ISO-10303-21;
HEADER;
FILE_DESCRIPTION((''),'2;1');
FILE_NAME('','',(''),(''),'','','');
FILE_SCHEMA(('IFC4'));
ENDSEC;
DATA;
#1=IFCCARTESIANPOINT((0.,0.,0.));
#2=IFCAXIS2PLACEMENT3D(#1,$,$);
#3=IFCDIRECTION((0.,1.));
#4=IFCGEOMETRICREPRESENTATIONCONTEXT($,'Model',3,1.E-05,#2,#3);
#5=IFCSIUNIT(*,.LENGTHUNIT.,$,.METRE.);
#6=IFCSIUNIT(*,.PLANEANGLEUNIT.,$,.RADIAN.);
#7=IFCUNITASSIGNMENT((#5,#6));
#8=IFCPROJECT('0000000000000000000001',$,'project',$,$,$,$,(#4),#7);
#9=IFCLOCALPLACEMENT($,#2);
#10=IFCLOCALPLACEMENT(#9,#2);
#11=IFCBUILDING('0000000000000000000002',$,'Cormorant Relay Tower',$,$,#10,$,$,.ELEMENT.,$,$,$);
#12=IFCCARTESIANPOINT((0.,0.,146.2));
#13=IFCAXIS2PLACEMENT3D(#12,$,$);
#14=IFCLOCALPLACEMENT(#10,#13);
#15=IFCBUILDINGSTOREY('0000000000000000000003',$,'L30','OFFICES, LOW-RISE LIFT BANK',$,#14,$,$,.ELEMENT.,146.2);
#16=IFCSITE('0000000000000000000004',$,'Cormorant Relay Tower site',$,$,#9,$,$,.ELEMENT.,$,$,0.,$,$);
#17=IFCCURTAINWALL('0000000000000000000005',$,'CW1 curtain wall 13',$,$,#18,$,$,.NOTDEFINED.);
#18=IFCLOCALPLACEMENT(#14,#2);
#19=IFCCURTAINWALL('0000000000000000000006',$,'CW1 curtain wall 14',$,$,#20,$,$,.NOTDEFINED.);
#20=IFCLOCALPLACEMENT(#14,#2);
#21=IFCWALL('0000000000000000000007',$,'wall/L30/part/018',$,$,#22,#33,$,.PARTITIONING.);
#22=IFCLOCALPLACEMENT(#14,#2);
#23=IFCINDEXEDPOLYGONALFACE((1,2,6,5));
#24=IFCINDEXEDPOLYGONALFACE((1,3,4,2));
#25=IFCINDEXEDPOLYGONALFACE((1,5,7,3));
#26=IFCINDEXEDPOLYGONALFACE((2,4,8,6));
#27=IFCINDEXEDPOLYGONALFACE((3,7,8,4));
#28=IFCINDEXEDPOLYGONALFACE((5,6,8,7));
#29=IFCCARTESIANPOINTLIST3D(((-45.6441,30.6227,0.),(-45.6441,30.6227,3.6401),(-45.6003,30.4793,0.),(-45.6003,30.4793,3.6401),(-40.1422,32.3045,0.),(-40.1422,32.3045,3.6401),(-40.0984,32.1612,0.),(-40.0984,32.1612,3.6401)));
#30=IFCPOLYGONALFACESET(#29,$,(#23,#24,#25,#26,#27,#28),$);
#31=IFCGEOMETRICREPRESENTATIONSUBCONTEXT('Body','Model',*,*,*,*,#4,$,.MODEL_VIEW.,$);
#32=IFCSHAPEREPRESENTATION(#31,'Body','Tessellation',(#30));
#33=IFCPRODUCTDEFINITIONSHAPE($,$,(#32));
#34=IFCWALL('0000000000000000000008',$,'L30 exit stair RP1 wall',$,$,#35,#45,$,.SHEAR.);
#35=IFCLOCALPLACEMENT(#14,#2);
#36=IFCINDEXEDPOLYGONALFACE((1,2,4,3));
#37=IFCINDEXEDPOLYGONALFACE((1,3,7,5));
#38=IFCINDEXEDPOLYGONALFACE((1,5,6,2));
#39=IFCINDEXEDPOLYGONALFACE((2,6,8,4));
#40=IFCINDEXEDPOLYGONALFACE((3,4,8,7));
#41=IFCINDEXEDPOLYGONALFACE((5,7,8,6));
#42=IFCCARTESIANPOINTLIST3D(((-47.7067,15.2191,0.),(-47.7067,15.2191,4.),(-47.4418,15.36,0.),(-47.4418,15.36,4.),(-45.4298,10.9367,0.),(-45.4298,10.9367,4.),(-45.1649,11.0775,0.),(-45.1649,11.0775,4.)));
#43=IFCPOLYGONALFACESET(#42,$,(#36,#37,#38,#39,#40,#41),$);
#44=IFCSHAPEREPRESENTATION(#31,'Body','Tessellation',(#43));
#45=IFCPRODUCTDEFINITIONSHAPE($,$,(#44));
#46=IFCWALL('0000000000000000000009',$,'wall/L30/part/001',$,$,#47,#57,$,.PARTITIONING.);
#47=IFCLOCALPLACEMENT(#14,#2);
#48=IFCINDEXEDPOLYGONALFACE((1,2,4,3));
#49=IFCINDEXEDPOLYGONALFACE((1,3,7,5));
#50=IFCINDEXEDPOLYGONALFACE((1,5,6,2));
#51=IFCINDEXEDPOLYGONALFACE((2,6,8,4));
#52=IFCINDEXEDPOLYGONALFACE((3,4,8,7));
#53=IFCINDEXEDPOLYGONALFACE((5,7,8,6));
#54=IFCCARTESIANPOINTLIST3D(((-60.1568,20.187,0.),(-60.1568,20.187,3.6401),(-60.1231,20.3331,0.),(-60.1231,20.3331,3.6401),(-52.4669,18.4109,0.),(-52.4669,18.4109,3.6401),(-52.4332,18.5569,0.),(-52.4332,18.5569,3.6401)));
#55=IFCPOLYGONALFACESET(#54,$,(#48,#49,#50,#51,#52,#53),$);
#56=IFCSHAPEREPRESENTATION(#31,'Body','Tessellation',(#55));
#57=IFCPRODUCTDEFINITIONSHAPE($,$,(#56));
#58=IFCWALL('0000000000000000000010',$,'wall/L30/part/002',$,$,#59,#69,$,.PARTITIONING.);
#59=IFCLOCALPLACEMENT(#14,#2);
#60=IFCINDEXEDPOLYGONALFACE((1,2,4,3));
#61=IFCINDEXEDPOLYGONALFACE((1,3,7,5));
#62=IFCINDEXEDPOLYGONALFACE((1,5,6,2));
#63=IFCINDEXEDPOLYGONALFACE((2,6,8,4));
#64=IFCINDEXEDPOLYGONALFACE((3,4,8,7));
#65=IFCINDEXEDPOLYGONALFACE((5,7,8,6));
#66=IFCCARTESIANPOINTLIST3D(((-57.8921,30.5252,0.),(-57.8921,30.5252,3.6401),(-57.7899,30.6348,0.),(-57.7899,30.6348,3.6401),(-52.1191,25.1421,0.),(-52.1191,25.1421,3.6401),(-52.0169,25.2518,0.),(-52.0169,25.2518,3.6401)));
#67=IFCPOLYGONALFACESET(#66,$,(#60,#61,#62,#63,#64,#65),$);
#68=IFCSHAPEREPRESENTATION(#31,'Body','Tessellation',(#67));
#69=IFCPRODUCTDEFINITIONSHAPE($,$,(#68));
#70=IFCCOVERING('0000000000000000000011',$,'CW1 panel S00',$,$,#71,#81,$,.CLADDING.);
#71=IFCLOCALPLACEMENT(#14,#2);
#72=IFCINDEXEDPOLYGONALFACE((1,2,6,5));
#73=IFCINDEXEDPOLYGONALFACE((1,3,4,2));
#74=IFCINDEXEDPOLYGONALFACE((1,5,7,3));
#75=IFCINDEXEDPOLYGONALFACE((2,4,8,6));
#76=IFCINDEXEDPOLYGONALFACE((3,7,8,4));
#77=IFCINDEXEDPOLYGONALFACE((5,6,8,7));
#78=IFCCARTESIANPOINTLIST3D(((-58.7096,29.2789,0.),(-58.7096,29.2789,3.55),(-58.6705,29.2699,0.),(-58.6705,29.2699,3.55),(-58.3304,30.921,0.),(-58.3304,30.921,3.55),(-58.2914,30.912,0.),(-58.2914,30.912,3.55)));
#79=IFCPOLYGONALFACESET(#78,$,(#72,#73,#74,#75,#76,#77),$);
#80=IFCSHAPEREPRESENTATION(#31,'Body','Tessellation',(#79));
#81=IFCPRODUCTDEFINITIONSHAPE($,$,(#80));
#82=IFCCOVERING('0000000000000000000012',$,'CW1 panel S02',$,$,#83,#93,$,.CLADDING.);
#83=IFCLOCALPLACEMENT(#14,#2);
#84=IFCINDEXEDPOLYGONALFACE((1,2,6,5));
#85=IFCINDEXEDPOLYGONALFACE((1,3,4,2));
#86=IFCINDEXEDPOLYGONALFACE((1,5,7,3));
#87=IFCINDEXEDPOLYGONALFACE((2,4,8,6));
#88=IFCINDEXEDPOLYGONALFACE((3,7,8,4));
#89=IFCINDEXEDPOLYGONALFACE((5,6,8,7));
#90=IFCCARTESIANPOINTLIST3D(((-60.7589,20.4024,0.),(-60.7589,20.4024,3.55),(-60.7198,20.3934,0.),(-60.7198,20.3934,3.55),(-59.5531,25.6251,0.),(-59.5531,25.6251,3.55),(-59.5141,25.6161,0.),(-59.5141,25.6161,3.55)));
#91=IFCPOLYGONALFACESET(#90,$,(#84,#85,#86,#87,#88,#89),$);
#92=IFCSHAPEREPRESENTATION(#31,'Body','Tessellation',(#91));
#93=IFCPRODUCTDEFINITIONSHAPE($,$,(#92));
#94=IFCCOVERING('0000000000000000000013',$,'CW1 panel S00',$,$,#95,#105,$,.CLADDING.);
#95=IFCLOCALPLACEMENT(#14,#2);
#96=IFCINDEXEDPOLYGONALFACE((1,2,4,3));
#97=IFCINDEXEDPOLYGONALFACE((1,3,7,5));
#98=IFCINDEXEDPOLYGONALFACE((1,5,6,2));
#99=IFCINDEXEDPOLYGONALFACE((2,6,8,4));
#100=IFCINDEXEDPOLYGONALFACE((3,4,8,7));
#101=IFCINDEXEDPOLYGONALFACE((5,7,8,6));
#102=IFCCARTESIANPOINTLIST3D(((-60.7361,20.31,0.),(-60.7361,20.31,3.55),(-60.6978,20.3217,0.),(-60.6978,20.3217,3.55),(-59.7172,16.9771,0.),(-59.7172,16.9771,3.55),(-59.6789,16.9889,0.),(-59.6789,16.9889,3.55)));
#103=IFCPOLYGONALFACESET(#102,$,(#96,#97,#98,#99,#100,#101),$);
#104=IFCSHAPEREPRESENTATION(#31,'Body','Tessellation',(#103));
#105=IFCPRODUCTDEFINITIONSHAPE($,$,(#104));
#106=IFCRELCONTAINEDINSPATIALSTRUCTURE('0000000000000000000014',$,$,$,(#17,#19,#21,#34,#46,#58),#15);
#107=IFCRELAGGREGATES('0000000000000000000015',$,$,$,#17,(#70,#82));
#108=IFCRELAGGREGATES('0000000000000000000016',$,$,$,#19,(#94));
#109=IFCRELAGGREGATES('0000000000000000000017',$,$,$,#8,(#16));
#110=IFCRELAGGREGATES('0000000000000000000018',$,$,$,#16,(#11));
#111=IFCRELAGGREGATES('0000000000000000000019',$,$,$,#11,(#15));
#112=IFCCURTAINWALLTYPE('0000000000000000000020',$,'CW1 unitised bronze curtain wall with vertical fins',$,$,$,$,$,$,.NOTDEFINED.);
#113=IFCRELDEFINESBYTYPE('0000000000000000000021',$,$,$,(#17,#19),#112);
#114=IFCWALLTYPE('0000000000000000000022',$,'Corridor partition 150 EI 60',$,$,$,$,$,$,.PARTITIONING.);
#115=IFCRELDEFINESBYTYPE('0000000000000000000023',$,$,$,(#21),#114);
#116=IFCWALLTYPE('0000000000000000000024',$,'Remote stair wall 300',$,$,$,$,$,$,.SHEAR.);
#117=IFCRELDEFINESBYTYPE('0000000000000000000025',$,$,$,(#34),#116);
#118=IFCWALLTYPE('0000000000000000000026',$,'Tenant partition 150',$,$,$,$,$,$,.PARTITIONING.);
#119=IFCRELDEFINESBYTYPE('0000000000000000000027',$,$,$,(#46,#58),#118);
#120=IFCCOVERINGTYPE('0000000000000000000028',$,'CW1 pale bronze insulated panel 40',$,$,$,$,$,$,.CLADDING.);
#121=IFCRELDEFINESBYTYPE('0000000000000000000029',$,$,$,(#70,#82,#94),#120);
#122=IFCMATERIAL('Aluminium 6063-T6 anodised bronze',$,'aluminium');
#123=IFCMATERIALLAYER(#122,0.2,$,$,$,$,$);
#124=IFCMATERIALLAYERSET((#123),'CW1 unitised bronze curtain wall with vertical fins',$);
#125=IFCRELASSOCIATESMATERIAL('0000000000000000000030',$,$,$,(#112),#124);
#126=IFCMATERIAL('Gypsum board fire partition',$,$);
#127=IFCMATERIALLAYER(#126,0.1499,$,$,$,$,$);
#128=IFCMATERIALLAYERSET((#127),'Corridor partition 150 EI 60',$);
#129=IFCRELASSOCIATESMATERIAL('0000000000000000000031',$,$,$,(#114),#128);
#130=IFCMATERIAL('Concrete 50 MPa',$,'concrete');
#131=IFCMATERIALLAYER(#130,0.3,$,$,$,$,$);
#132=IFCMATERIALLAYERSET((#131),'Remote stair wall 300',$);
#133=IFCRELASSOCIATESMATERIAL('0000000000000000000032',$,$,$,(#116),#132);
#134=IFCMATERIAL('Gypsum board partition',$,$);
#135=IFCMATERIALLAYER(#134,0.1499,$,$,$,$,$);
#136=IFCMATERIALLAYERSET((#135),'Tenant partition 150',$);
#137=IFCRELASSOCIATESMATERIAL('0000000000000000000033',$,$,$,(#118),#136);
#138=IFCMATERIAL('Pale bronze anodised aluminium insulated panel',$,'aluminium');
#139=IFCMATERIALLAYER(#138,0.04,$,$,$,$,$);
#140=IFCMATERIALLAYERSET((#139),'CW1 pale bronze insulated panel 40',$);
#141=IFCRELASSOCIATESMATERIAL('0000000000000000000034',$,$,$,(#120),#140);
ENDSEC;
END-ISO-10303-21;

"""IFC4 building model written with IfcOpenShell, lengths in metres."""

from ifc_helpers import new_model, si_unit, direction, frame, frame_2d, origin, origin_2d, place, context, subcontext, project, spatial, rectangle, extrude, material, layer, layer_set, type_object, element, aggregate, save


model = new_model("IFC4")

# Units and contexts
model_context = context("Model", 3, precision=1e-05, world=origin(), true_north=direction((0.0, 1.0)))
body_context = subcontext(model_context, "Body", "Model", "MODEL_VIEW")
ifc_project = project(units=[si_unit("LENGTHUNIT", "METRE"), si_unit("PLANEANGLEUNIT", "RADIAN")], contexts=[model_context])

# Site, building, storey
site_placement = place(None, origin())
site = spatial("IfcSite", under=ifc_project, at=site_placement, Name="Cormorant Relay Tower site", CompositionType="ELEMENT", RefElevation=0.0)
building_placement = place(site_placement, origin())
building = spatial("IfcBuilding", under=site, at=building_placement, Name="Cormorant Relay Tower", CompositionType="ELEMENT")
storey_placement = place(building_placement, frame((0.0, 0.0, 146.2)))
storey = spatial("IfcBuildingStorey", under=building, at=storey_placement, Name="L30", Description="OFFICES, LOW-RISE LIFT BANK", CompositionType="ELEMENT", Elevation=146.2)

# Curtain walls
ifc_material_1 = material(Name="Aluminium 6063-T6 anodised bronze", Category="aluminium")
ifc_layer_1 = layer(ifc_material_1, 0.2)
ifc_layer_set_1 = layer_set([ifc_layer_1], Name="CW1 unitised bronze curtain wall with vertical fins")
curtain_wall_type = type_object("IfcCurtainWallType", Name="CW1 unitised bronze curtain wall with vertical fins", PredefinedType="NOTDEFINED", material=ifc_layer_set_1)
curtain_wall_1_placement = place(storey_placement, origin())
curtain_wall_1 = element("IfcCurtainWall", 1, at=curtain_wall_1_placement, inside=storey, type_object=curtain_wall_type, Name="CW1 curtain wall 13", PredefinedType="NOTDEFINED")
curtain_wall_2_placement = place(storey_placement, origin())
curtain_wall_2 = element("IfcCurtainWall", 2, at=curtain_wall_2_placement, inside=storey, type_object=curtain_wall_type, Name="CW1 curtain wall 14", PredefinedType="NOTDEFINED")

# Shared definitions
ifc_material_2 = material(Name="Gypsum board fire partition")
ifc_layer_2 = layer(ifc_material_2, 0.1499)
ifc_layer_set_2 = layer_set([ifc_layer_2], Name="Corridor partition 150 EI 60")
wall_type_1 = type_object("IfcWallType", Name="Corridor partition 150 EI 60", PredefinedType="PARTITIONING", material=ifc_layer_set_2)

# Walls
wall_1_placement = place(storey_placement, frame((-45.6221, 30.551, 0.0), z_axis=(0.0, 0.0, 1.0), x_axis=(0.956316, 0.292335, 0.0)))
element("IfcWall", 3, at=wall_1_placement, inside=storey, type_object=wall_type_1, Name="wall/L30/part/018", PredefinedType="PARTITIONING", context=body_context, shape_type="SweptSolid", body=[
    extrude(rectangle(XDim=5.7532, YDim=0.1499, at=frame_2d((2.8765, 0.0))), origin(), (0.0, 0.0, 1.0), 3.6401),
])
ifc_material_3 = material(Name="Concrete 50 MPa", Category="concrete")
ifc_layer_3 = layer(ifc_material_3, 0.3)
ifc_layer_set_3 = layer_set([ifc_layer_3], Name="Remote stair wall 300")
wall_type_2 = type_object("IfcWallType", Name="Remote stair wall 300", PredefinedType="SHEAR", material=ifc_layer_set_3)
wall_2_placement = place(storey_placement, frame((-47.5742, 15.2896, 0.0), z_axis=(0.0, 0.0, 1.0), x_axis=(0.469443, -0.882963, 0.0)))
element("IfcWall", 4, at=wall_2_placement, inside=storey, type_object=wall_type_2, Name="L30 exit stair RP1 wall", PredefinedType="SHEAR", context=body_context, shape_type="SweptSolid", body=[
    extrude(rectangle(XDim=4.8501, YDim=0.3, at=frame_2d((2.425, 0.0))), origin(), (0.0, 0.0, 1.0), 4.0),
])
ifc_material_4 = material(Name="Gypsum board partition")
ifc_layer_4 = layer(ifc_material_4, 0.1499)
ifc_layer_set_4 = layer_set([ifc_layer_4], Name="Tenant partition 150")
wall_type_3 = type_object("IfcWallType", Name="Tenant partition 150", PredefinedType="PARTITIONING", material=ifc_layer_set_4)
wall_3_placement = place(storey_placement, frame((-52.45, 18.4839, 0.0), z_axis=(0.0, 0.0, 1.0), x_axis=(-0.974349, 0.225042, 0.0)))
element("IfcWall", 5, at=wall_3_placement, inside=storey, type_object=wall_type_3, Name="wall/L30/part/001", PredefinedType="PARTITIONING", context=body_context, shape_type="SweptSolid", body=[
    extrude(rectangle(XDim=7.8923, YDim=0.1499, at=frame_2d((3.9463, 0.0))), origin(), (0.0, 0.0, 1.0), 3.6401),
])
wall_4_placement = place(storey_placement, frame((-57.8411, 30.5801, 0.0), z_axis=(0.0, 0.0, 1.0), x_axis=(0.731373, -0.681978, 0.0)))
element("IfcWall", 6, at=wall_4_placement, inside=storey, type_object=wall_type_3, Name="wall/L30/part/002", PredefinedType="PARTITIONING", context=body_context, shape_type="SweptSolid", body=[
    extrude(rectangle(XDim=7.8933, YDim=0.1499, at=frame_2d((3.9468, 0.0))), origin(), (0.0, 0.0, 1.0), 3.6401),
])

# Coverings
ifc_material_5 = material(Name="Pale bronze anodised aluminium insulated panel", Category="aluminium")
ifc_layer_5 = layer(ifc_material_5, 0.04)
ifc_layer_set_5 = layer_set([ifc_layer_5], Name="CW1 pale bronze insulated panel 40")
covering_type = type_object("IfcCoveringType", Name="CW1 pale bronze insulated panel 40", PredefinedType="CLADDING", material=ifc_layer_set_5)
covering_1_placement = place(storey_placement, frame((-58.5005, 30.0955, 0.0), z_axis=(0.0, 0.0, 1.0), x_axis=(-0.224951, -0.97437, 0.0)))
covering_1 = element("IfcCovering", 7, at=covering_1_placement, type_object=covering_type, Name="CW1 panel S00", PredefinedType="CLADDING", context=body_context, shape_type="SweptSolid", body=[
    extrude(rectangle(XDim=1.6853, YDim=0.04, at=origin_2d()), origin(), (0.0, 0.0, 1.0), 3.55),
])
covering_2_placement = place(storey_placement, frame((-60.1365, 23.0093, 0.0), z_axis=(0.0, 0.0, 1.0), x_axis=(-0.224951, -0.97437, 0.0)))
covering_2 = element("IfcCovering", 8, at=covering_2_placement, type_object=covering_type, Name="CW1 panel S02", PredefinedType="CLADDING", context=body_context, shape_type="SweptSolid", body=[
    extrude(rectangle(XDim=5.3601, YDim=0.04, at=origin_2d()), origin(), (0.0, 0.0, 1.0), 3.55),
])
aggregate(curtain_wall_1, [covering_1, covering_2])
covering_3_placement = place(storey_placement, frame((-60.2075, 18.6494, 0.0), z_axis=(0.0, 0.0, 1.0), x_axis=(0.292372, -0.956305, 0.0)))
covering_3 = element("IfcCovering", 9, at=covering_3_placement, type_object=covering_type, Name="CW1 panel S00", PredefinedType="CLADDING", context=body_context, shape_type="SweptSolid", body=[
    extrude(rectangle(XDim=3.4851, YDim=0.04, at=origin_2d()), origin(), (0.0, 0.0, 1.0), 3.55),
])
aggregate(curtain_wall_2, [covering_3])

save(model, "model.ifc")
